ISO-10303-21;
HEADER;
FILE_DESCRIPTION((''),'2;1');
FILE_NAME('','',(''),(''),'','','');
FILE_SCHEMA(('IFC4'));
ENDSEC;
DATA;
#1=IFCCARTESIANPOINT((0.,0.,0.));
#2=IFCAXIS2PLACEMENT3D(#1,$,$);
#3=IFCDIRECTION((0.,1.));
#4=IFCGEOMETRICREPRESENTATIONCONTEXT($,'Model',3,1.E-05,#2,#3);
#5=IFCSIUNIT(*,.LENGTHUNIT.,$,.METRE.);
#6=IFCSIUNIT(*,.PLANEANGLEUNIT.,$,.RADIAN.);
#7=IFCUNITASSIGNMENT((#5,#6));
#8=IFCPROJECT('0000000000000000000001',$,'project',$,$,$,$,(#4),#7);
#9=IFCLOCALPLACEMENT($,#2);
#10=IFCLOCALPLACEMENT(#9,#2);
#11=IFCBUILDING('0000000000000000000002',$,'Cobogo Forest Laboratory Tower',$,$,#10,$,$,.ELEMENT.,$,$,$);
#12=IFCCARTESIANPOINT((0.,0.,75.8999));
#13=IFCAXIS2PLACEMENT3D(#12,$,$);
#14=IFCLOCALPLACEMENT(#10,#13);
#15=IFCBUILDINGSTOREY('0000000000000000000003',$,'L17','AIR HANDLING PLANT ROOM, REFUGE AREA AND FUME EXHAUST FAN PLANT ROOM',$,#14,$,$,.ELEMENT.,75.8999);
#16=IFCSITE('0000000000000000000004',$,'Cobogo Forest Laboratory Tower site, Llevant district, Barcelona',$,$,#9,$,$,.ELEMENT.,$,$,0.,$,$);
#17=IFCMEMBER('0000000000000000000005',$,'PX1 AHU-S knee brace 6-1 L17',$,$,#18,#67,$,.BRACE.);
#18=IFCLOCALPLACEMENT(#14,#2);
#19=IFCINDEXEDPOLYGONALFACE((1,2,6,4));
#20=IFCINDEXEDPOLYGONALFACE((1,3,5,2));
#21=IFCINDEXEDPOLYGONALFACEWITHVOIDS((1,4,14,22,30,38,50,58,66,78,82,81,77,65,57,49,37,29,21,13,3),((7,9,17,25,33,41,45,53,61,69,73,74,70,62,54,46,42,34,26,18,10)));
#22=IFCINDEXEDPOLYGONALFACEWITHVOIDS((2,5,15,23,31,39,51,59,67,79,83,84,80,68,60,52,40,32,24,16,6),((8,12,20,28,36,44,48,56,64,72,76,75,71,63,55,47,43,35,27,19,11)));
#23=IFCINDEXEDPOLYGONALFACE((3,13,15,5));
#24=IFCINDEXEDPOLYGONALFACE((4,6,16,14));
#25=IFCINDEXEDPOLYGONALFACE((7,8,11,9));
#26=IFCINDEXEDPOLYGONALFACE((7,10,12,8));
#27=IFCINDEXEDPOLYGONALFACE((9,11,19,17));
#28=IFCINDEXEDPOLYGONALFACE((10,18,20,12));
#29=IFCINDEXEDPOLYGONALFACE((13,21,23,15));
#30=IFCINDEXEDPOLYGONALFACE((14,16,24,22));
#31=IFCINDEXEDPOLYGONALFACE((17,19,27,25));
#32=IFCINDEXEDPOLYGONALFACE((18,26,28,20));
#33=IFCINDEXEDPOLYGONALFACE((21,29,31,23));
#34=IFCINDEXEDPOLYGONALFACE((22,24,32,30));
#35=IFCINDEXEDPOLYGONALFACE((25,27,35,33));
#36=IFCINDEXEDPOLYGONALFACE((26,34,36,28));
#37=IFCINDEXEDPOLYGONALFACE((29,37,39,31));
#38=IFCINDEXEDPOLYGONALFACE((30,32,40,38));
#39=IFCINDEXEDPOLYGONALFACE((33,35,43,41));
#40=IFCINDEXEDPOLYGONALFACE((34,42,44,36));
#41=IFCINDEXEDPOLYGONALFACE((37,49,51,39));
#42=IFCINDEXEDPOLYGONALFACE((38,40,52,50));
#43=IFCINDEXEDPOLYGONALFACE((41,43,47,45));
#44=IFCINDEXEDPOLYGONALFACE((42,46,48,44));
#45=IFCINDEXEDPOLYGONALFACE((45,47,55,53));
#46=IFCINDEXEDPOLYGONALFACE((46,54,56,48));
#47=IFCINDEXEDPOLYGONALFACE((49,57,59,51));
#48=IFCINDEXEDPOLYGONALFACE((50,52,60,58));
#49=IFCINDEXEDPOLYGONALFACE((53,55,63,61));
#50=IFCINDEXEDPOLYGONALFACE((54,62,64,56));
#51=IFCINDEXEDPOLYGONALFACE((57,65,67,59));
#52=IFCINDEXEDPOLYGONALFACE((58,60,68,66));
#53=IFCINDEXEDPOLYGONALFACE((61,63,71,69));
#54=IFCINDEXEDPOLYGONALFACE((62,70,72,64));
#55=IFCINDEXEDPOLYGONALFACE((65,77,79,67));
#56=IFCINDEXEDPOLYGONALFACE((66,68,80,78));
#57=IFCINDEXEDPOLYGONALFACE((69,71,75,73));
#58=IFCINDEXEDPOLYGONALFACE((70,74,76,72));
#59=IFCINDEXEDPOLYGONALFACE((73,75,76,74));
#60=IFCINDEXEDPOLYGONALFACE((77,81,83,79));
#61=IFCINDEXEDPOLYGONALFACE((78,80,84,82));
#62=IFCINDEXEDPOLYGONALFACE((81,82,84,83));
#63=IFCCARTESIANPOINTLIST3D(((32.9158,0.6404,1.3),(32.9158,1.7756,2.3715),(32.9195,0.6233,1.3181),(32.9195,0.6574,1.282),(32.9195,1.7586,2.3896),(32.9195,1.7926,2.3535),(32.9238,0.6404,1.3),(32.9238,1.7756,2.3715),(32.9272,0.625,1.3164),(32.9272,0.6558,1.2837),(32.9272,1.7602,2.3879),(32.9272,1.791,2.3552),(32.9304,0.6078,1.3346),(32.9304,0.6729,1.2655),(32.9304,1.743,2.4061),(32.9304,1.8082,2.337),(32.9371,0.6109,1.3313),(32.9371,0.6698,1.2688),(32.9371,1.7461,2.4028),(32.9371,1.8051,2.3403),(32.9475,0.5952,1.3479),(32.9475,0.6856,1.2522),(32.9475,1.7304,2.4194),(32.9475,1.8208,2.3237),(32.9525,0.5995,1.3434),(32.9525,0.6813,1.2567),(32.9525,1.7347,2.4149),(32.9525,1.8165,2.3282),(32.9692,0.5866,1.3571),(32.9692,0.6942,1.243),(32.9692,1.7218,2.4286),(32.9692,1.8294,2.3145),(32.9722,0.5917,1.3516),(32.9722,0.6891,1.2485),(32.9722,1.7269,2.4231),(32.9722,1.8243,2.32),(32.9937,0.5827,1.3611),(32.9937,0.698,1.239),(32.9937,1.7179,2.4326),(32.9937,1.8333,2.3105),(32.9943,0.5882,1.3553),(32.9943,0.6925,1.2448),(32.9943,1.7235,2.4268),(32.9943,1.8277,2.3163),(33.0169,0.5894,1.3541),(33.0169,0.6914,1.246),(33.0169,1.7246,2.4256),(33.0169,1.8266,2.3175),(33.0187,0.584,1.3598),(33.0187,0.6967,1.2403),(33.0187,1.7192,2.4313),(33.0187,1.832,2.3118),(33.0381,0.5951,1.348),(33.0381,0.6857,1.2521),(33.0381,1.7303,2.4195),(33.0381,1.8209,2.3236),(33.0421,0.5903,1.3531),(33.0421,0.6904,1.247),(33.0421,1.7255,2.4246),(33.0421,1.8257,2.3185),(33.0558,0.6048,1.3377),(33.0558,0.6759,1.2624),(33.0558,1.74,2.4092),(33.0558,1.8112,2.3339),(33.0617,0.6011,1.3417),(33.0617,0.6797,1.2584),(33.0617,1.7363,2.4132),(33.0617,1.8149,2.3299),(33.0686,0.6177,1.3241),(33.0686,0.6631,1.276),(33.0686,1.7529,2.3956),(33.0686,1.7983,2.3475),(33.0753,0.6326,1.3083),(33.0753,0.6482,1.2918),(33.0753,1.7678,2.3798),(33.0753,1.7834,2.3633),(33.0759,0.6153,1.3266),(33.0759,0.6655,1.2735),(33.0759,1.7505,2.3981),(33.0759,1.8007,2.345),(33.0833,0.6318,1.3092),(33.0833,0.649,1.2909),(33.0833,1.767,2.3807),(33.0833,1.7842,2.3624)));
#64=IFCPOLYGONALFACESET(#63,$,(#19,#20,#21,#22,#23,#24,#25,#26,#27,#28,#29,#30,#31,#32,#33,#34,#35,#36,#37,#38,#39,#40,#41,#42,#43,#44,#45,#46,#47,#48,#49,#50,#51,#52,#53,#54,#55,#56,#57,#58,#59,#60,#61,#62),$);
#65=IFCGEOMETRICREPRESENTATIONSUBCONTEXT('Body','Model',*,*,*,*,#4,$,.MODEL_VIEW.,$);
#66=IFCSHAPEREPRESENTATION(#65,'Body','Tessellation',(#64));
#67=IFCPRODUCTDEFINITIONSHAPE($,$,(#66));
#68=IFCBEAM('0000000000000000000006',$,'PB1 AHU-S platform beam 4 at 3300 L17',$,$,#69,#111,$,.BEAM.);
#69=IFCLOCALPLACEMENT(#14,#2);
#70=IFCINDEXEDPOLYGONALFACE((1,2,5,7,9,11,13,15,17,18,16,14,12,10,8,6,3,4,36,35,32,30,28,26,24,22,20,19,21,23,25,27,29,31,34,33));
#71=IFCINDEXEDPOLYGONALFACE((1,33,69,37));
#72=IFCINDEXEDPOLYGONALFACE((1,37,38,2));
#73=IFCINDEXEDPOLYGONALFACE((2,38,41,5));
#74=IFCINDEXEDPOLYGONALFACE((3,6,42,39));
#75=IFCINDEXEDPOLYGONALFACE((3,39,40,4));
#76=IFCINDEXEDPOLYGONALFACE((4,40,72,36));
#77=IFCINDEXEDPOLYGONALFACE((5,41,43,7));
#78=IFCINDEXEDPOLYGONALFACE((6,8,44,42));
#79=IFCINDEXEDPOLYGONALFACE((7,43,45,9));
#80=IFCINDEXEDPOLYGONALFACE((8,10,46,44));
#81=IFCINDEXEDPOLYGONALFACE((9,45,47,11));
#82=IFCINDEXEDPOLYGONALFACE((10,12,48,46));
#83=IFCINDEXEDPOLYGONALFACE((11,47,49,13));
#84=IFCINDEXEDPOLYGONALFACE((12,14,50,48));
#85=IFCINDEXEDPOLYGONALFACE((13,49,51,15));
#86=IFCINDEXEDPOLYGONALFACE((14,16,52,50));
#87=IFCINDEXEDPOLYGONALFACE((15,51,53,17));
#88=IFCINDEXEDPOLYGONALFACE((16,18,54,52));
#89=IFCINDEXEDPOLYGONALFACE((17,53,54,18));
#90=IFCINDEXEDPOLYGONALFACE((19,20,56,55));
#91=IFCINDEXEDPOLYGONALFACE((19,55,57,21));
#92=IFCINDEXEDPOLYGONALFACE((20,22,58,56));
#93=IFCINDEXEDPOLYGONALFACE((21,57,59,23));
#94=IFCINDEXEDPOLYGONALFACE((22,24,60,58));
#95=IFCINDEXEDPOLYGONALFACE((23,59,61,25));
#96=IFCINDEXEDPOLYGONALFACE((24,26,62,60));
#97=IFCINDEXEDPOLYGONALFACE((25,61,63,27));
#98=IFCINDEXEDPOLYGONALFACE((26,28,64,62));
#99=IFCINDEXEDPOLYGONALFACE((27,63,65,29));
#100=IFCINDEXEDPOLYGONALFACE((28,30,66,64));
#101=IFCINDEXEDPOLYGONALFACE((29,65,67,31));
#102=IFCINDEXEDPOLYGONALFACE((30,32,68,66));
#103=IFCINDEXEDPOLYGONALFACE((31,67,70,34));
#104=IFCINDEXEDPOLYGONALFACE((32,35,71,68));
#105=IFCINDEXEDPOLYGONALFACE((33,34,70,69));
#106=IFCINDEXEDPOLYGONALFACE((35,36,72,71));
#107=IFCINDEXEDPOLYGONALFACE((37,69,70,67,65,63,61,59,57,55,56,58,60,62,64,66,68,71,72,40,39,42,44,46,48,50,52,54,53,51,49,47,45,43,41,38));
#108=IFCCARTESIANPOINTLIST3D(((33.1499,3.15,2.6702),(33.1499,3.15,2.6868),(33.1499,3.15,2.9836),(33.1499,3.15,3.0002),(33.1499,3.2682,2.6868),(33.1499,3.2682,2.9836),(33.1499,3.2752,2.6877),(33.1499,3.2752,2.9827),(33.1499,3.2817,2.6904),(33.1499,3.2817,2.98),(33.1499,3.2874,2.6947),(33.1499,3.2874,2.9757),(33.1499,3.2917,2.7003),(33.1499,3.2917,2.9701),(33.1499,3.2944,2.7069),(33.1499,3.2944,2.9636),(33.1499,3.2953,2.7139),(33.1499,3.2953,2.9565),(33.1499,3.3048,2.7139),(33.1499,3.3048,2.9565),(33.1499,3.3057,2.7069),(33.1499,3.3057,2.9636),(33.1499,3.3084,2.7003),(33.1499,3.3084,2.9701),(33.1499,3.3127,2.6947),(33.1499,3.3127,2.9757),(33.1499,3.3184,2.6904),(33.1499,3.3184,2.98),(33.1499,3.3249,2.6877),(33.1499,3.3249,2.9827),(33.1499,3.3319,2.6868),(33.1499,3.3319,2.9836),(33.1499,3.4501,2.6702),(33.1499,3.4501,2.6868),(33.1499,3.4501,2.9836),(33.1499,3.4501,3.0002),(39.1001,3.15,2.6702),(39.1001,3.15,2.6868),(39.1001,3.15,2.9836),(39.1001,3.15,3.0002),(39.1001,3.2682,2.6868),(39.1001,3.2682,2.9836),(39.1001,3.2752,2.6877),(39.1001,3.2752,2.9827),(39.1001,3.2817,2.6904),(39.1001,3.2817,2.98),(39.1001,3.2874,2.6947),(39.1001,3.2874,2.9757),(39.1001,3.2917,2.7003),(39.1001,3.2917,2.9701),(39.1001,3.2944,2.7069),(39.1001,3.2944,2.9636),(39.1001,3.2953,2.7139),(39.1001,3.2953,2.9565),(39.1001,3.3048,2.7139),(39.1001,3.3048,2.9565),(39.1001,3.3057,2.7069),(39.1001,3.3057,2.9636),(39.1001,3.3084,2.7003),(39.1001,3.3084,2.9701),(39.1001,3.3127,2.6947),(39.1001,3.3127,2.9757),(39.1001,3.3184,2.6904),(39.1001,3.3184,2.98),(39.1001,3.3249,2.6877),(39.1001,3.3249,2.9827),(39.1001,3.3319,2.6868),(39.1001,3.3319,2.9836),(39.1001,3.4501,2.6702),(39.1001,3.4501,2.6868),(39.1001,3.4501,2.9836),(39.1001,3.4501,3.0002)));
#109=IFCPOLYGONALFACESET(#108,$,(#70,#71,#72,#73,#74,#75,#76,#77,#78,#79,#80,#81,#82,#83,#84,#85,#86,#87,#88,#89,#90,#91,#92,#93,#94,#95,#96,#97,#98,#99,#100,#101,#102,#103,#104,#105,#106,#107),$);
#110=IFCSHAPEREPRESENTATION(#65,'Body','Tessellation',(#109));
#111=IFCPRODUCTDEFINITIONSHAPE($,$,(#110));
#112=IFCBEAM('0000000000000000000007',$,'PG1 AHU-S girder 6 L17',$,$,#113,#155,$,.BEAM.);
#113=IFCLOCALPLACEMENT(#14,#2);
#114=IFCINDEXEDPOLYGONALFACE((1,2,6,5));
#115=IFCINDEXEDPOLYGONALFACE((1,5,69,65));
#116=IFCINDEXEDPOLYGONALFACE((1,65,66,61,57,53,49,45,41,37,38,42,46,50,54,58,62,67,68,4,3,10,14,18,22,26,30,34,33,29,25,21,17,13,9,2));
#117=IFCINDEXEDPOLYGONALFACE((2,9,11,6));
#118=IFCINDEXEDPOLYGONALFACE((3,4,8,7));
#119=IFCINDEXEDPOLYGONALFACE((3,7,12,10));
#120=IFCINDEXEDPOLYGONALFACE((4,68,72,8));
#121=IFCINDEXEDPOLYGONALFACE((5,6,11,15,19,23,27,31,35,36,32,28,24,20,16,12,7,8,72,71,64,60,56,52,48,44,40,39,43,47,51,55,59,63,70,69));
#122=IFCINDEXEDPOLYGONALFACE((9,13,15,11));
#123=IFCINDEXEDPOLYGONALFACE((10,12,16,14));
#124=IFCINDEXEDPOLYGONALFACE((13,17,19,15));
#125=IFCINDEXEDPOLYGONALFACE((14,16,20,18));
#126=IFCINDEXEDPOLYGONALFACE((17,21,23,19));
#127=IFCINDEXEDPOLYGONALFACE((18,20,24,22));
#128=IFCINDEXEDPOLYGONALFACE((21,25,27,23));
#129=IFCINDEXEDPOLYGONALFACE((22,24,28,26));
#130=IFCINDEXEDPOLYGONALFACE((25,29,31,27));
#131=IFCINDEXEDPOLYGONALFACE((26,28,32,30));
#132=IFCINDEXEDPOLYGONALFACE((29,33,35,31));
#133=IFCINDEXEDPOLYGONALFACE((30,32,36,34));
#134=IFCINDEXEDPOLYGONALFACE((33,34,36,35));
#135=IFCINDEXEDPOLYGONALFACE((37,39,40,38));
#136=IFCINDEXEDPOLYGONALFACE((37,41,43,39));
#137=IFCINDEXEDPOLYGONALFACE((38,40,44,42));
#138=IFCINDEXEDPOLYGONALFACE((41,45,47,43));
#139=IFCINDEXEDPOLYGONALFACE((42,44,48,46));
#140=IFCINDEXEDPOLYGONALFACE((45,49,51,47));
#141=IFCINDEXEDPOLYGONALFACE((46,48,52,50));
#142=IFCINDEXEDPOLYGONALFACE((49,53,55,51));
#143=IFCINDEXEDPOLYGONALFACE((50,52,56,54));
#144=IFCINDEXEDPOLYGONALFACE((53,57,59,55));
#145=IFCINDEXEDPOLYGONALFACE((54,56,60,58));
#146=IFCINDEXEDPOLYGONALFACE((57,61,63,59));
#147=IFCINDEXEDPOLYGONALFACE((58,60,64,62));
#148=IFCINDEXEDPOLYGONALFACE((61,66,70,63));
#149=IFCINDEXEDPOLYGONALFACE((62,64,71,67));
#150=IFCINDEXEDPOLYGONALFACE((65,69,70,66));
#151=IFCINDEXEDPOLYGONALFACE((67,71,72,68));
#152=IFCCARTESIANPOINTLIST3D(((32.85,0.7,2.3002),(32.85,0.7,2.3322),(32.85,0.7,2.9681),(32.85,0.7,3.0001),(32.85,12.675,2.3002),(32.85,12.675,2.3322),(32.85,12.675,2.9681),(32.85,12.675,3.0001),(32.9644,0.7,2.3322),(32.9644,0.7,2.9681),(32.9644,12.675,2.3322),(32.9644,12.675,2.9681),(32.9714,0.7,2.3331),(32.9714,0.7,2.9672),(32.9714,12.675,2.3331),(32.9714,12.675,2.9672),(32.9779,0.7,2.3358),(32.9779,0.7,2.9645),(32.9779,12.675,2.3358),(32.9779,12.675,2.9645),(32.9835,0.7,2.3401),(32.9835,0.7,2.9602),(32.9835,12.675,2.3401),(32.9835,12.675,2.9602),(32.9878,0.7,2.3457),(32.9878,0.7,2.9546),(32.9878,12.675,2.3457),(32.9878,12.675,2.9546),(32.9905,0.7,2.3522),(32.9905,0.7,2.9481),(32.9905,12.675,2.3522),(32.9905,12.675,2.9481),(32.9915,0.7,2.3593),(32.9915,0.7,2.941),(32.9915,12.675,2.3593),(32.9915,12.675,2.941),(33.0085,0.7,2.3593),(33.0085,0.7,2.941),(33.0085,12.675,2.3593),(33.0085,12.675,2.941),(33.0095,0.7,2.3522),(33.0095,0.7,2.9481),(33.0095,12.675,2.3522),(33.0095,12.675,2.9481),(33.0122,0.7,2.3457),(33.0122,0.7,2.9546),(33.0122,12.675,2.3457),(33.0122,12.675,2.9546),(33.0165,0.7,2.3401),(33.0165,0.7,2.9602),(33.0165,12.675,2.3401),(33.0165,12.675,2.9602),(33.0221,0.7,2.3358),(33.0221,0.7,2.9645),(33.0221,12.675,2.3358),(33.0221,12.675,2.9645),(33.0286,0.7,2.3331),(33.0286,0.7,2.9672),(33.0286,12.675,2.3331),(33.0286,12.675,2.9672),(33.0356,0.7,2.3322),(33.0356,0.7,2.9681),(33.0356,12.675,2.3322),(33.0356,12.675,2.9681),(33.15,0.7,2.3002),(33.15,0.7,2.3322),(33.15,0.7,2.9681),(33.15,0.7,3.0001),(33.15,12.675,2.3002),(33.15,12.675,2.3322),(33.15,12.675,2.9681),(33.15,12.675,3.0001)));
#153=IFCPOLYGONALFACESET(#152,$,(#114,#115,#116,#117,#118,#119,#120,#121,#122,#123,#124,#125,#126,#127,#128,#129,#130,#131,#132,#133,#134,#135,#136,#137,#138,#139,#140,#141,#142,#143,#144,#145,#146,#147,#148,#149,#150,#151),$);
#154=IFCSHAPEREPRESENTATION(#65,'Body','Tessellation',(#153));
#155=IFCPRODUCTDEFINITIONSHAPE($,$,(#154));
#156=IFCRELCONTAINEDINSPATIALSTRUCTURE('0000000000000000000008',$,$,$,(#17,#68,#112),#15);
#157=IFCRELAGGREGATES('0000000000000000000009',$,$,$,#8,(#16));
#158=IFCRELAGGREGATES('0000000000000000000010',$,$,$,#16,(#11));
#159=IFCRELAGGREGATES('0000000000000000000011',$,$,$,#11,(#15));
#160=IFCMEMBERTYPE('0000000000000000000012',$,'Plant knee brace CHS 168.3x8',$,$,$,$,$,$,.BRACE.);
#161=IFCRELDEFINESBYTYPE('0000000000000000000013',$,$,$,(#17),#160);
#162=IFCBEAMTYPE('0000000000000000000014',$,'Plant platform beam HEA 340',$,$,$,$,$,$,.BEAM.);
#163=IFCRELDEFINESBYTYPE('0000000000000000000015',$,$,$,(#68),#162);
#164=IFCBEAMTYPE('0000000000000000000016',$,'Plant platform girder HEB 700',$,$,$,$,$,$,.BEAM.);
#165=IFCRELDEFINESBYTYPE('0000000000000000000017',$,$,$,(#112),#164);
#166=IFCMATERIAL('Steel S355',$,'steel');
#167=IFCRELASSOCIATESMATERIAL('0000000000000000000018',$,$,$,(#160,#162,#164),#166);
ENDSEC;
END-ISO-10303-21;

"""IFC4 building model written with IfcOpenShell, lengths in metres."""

from ifc_helpers import new_model, si_unit, direction, frame, origin, origin_2d, place, context, subcontext, project, spatial, hollow_circle, i_section, extrude, material, material_profile, profile_set, type_object, element, save


model = new_model("IFC4")

# Units and contexts
model_context = context("Model", 3, precision=1e-05, world=origin(), true_north=direction((0.0, 1.0)))
body_context = subcontext(model_context, "Body", "Model", "MODEL_VIEW")
ifc_project = project(units=[si_unit("LENGTHUNIT", "METRE"), si_unit("PLANEANGLEUNIT", "RADIAN")], contexts=[model_context])

# Site, building, storey
site_placement = place(None, origin())
site = spatial("IfcSite", under=ifc_project, at=site_placement, Name="Cobogo Forest Laboratory Tower site, Llevant district, Barcelona", CompositionType="ELEMENT", RefElevation=0.0)
building_placement = place(site_placement, origin())
building = spatial("IfcBuilding", under=site, at=building_placement, Name="Cobogo Forest Laboratory Tower", CompositionType="ELEMENT")
storey_placement = place(building_placement, frame((0.0, 0.0, 75.8999)))
storey = spatial("IfcBuildingStorey", under=building, at=storey_placement, Name="L17", Description="AIR HANDLING PLANT ROOM, REFUGE AREA AND FUME EXHAUST FAN PLANT ROOM", CompositionType="ELEMENT", Elevation=75.8999)

# Member
ifc_material_1 = material(Name="Steel S355", Category="steel")
ifc_material_profile_1 = material_profile(ifc_material_1, hollow_circle(Radius=0.0842, WallThickness=0.0081, at=origin_2d()), Name="CHS 168.3x8")
ifc_profile_set_1 = profile_set([ifc_material_profile_1], Name="Steel S355")
member_type_1 = type_object("IfcMemberType", Name="Plant knee brace CHS 168.3x8", PredefinedType="BRACE", material=ifc_profile_set_1)
member_1_placement = place(storey_placement, frame((33.0, 0.6404, 1.3), z_axis=(0.0, 0.727221, 0.686403), x_axis=(-1.0, 0.0, 0.0)))
element("IfcMember", 1, at=member_1_placement, inside=storey, type_object=member_type_1, Name="PX1 AHU-S knee brace 6-1 L17", PredefinedType="BRACE", context=body_context, shape_type="SweptSolid", body=[
    extrude(hollow_circle(Radius=0.0842, WallThickness=0.0081, at=origin_2d()), origin(), (0.0, 0.0, 1.0), 1.561),
])

# Beams
ifc_material_profile_2 = material_profile(ifc_material_1, i_section(OverallWidth=0.3, OverallDepth=0.3301, WebThickness=0.0095, FlangeThickness=0.0166, FilletRadius=0.0271, at=origin_2d()), Name="HEA 340")
ifc_profile_set_2 = profile_set([ifc_material_profile_2], Name="Steel S355")
beam_type_1 = type_object("IfcBeamType", Name="Plant platform beam HEA 340", PredefinedType="BEAM", material=ifc_profile_set_2)
beam_1_placement = place(storey_placement, frame((33.1499, 3.3, 2.8352), z_axis=(1.0, 0.0, 0.0), x_axis=(0.0, 1.0, 0.0)))
element("IfcBeam", 2, at=beam_1_placement, inside=storey, type_object=beam_type_1, Name="PB1 AHU-S platform beam 4 at 3300 L17", PredefinedType="BEAM", context=body_context, shape_type="SweptSolid", body=[
    extrude(i_section(OverallWidth=0.3, OverallDepth=0.3301, WebThickness=0.0095, FlangeThickness=0.0166, FilletRadius=0.0271, at=origin_2d()), origin(), (0.0, 0.0, 1.0), 5.9502),
])
ifc_material_profile_3 = material_profile(ifc_material_1, i_section(OverallWidth=0.3, OverallDepth=0.7, WebThickness=0.0171, FlangeThickness=0.032, FilletRadius=0.0271, at=origin_2d()), Name="HEB 700")
ifc_profile_set_3 = profile_set([ifc_material_profile_3], Name="Steel S355")
beam_type_2 = type_object("IfcBeamType", Name="Plant platform girder HEB 700", PredefinedType="BEAM", material=ifc_profile_set_3)
beam_2_placement = place(storey_placement, frame((33.0, 0.7, 2.6501), z_axis=(0.0, 1.0, 0.0), x_axis=(-1.0, 0.0, 0.0)))
element("IfcBeam", 3, at=beam_2_placement, inside=storey, type_object=beam_type_2, Name="PG1 AHU-S girder 6 L17", PredefinedType="BEAM", context=body_context, shape_type="SweptSolid", body=[
    extrude(i_section(OverallWidth=0.3, OverallDepth=0.7, WebThickness=0.0171, FlangeThickness=0.032, FilletRadius=0.0271, at=origin_2d()), origin(), (0.0, 0.0, 1.0), 11.9751),
])

save(model, "model.ifc")
